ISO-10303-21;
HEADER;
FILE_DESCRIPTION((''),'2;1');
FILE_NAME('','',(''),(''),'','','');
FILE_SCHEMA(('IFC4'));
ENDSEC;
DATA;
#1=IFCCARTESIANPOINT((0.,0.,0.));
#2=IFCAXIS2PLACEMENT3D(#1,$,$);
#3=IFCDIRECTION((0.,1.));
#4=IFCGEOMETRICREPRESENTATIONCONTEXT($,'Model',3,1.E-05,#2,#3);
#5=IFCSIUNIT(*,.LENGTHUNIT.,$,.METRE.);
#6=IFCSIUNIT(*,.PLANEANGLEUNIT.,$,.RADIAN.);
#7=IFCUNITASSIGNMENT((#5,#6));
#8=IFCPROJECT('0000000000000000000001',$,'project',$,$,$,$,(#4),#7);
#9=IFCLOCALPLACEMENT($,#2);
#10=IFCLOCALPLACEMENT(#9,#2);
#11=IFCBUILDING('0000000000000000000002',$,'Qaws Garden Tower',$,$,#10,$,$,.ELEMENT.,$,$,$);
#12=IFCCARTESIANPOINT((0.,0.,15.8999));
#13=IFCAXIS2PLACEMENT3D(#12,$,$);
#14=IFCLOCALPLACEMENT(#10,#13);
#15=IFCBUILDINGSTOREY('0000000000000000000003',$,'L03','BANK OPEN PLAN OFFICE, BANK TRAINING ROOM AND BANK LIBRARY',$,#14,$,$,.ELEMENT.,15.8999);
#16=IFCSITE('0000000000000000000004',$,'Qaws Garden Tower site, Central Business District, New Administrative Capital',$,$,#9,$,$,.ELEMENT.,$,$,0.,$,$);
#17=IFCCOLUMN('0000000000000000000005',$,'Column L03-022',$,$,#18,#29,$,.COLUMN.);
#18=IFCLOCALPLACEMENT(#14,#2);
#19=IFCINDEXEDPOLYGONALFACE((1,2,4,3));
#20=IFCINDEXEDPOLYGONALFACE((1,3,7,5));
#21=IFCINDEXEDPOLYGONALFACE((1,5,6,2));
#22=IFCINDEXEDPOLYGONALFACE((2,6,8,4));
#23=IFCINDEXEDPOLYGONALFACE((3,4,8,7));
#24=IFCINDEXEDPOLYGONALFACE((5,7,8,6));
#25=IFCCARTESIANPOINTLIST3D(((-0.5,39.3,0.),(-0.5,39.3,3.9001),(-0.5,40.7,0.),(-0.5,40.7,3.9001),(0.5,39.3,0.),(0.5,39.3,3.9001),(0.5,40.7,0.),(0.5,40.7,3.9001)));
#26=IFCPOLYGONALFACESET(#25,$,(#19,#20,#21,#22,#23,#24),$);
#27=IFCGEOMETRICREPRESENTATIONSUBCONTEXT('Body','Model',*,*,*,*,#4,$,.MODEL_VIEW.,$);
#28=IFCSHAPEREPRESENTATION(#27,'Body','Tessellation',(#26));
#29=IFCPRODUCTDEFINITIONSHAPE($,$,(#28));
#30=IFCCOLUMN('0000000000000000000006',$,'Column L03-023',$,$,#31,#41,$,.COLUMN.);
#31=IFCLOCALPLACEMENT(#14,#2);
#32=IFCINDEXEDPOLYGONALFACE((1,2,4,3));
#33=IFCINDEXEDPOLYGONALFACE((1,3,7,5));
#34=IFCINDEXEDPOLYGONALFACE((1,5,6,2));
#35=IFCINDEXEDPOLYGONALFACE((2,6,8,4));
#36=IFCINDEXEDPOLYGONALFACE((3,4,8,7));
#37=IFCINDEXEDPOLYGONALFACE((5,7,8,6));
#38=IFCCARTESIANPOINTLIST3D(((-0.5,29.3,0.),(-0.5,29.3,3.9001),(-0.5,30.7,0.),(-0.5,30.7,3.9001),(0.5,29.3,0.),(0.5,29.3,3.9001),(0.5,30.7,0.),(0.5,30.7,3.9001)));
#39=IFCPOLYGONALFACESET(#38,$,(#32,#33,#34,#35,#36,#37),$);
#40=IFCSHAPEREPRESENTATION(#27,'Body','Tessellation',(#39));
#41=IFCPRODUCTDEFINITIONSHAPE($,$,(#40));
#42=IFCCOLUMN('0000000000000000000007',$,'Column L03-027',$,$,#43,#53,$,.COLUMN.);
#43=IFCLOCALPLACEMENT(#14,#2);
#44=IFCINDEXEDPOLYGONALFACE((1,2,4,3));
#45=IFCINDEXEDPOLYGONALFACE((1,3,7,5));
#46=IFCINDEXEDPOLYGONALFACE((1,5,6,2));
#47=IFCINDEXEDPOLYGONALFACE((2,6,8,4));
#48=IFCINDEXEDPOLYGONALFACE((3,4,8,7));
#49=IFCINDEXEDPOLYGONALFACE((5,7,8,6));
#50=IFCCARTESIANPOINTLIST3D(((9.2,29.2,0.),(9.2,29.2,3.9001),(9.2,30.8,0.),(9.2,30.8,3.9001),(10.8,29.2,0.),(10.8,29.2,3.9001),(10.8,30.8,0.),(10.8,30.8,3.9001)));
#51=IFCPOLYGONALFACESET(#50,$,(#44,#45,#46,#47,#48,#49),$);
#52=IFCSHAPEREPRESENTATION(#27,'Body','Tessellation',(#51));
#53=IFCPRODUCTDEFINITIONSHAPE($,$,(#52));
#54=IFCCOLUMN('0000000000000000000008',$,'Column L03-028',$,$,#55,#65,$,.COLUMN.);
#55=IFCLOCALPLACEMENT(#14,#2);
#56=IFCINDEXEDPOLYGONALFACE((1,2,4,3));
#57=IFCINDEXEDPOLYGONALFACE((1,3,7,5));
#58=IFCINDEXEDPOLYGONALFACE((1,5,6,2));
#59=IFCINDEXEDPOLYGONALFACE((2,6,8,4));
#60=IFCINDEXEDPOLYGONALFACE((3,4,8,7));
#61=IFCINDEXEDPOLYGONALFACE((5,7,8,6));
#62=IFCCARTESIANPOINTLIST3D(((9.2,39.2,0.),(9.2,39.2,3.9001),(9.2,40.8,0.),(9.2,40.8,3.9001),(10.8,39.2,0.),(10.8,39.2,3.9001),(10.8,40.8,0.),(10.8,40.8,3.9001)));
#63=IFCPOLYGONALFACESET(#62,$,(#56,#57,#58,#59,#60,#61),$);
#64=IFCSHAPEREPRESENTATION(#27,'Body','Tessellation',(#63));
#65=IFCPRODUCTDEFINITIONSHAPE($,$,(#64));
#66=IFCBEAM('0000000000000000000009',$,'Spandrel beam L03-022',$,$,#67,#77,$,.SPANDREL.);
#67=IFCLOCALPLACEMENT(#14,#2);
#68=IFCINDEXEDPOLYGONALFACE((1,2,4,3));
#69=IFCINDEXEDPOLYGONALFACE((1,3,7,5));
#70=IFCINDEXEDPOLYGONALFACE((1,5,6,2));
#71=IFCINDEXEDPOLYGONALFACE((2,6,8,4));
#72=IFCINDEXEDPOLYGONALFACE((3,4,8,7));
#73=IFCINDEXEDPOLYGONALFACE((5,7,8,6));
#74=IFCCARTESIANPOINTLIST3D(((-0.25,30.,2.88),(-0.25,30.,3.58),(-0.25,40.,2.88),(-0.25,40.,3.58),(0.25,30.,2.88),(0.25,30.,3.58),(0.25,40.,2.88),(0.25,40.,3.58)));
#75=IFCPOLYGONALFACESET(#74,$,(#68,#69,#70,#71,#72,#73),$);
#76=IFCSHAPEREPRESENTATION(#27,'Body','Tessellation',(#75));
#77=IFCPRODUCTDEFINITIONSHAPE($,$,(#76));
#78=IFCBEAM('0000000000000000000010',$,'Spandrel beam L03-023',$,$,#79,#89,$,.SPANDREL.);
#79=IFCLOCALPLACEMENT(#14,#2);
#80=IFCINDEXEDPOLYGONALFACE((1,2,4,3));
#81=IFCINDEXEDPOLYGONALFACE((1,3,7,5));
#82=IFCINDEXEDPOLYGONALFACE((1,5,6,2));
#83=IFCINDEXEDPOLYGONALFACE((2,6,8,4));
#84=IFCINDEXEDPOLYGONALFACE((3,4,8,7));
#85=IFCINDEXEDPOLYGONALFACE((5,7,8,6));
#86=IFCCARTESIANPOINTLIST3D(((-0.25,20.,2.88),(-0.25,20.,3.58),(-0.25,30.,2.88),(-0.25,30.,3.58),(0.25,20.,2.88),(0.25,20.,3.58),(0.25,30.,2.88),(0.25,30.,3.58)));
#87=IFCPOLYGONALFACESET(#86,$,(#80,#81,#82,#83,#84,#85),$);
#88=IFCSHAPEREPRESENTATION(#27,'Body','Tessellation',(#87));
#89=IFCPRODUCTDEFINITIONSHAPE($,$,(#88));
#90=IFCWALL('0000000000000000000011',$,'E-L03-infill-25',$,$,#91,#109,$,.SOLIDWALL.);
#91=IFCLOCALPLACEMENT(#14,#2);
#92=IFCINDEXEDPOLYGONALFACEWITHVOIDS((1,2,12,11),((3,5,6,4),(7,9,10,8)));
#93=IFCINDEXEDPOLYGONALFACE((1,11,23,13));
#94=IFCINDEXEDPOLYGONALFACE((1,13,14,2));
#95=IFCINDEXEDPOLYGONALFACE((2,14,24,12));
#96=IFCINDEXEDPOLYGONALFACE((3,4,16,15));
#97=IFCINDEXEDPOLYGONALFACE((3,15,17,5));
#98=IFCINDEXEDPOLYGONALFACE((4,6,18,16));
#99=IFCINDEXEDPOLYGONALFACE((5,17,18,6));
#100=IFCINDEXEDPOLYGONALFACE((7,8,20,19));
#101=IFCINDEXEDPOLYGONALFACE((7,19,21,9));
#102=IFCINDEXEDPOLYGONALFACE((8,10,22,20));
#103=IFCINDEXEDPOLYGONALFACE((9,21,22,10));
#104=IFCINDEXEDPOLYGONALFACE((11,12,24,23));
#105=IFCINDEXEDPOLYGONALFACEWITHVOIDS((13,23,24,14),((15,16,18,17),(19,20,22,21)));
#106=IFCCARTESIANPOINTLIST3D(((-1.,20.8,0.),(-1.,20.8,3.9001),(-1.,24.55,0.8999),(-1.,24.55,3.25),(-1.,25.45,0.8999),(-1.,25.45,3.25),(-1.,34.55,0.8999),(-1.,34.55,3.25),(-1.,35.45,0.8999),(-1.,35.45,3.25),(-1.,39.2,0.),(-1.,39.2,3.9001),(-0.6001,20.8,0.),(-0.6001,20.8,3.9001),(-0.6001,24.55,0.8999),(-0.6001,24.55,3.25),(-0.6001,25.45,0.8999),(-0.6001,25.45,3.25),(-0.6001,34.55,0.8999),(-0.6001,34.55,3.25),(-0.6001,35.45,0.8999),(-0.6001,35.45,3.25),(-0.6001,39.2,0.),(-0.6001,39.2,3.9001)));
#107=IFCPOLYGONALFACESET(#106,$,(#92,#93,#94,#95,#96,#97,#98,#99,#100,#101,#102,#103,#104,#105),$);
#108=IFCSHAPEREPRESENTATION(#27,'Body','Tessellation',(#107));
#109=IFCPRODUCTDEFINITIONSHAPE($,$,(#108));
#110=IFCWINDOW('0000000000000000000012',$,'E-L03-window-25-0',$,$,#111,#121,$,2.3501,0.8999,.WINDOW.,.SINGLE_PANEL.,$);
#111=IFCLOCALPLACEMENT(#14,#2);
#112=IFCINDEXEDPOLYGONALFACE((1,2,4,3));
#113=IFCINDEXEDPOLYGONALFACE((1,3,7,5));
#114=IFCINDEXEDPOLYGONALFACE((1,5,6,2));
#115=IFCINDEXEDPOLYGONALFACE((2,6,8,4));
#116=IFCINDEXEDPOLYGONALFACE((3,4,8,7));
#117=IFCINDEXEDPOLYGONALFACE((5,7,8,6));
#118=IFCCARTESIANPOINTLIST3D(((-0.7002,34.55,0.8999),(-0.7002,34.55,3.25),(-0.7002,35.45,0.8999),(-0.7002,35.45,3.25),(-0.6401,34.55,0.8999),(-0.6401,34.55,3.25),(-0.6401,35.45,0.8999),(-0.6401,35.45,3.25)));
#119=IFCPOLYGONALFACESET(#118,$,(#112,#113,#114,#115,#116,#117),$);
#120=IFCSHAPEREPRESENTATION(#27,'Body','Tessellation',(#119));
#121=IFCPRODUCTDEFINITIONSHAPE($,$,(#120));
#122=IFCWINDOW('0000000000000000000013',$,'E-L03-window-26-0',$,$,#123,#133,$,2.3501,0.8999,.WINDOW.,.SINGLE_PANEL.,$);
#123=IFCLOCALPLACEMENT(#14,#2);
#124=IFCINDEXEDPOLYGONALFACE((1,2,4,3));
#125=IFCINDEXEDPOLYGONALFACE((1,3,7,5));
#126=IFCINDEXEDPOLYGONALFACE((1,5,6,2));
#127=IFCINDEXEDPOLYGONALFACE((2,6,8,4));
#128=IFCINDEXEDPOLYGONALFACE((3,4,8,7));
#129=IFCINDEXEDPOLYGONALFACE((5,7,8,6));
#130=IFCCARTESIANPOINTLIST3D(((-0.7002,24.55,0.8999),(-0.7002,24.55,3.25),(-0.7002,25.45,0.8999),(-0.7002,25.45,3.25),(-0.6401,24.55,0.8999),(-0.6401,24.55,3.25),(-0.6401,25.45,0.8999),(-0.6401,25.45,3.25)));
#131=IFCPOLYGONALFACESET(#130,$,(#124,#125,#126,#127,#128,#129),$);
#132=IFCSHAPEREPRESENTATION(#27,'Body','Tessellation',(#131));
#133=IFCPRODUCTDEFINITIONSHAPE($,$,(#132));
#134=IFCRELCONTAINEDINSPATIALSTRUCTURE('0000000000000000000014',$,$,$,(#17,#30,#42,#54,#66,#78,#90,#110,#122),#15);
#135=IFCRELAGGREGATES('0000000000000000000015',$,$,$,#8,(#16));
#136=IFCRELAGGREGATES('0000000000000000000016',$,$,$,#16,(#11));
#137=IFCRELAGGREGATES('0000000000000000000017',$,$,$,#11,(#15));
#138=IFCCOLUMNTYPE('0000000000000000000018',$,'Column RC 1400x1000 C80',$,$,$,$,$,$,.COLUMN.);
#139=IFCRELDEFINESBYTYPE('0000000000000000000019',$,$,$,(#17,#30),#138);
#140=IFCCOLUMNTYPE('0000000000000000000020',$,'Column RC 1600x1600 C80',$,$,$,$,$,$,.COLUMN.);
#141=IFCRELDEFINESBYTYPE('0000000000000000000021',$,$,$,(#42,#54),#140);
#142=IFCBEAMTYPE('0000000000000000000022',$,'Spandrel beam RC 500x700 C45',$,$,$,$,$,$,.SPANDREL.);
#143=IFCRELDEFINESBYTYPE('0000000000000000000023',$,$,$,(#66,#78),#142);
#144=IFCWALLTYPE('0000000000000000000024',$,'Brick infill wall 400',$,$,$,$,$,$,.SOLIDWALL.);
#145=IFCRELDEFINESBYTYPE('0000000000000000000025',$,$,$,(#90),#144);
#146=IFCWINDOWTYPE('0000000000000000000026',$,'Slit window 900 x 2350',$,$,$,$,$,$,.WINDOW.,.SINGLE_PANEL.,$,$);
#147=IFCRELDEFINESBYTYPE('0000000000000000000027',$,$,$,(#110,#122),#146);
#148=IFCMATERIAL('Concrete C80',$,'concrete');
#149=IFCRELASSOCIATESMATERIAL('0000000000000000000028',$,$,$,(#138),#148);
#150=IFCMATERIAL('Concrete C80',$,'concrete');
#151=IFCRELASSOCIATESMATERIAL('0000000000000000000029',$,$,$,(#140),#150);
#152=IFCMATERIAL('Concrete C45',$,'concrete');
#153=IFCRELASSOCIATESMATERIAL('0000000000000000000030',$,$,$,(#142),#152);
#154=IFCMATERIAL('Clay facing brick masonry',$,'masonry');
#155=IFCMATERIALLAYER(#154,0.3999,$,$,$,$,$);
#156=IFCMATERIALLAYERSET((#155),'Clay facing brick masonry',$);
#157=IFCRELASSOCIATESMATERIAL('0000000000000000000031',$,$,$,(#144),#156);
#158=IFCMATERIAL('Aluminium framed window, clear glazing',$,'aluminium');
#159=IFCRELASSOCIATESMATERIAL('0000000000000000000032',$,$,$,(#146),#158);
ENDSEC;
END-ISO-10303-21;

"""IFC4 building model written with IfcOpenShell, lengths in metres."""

from ifc_helpers import new_model, si_unit, direction, frame, frame_2d, origin, origin_2d, place, context, subcontext, project, spatial, rectangle, extrude, material, layer, layer_set, material_profile, profile_set, type_object, element, fill, save


model = new_model("IFC4")

# Units and contexts
model_context = context("Model", 3, precision=1e-05, world=origin(), true_north=direction((0.0, 1.0)))
body_context = subcontext(model_context, "Body", "Model", "MODEL_VIEW")
ifc_project = project(units=[si_unit("LENGTHUNIT", "METRE"), si_unit("PLANEANGLEUNIT", "RADIAN")], contexts=[model_context])

# Site, building, storey
site_placement = place(None, origin())
site = spatial("IfcSite", under=ifc_project, at=site_placement, Name="Qaws Garden Tower site, Central Business District, New Administrative Capital", CompositionType="ELEMENT", RefElevation=0.0)
building_placement = place(site_placement, origin())
building = spatial("IfcBuilding", under=site, at=building_placement, Name="Qaws Garden Tower", CompositionType="ELEMENT")
storey_placement = place(building_placement, frame((0.0, 0.0, 15.8999)))
storey = spatial("IfcBuildingStorey", under=building, at=storey_placement, Name="L03", Description="BANK OPEN PLAN OFFICE, BANK TRAINING ROOM AND BANK LIBRARY", CompositionType="ELEMENT", Elevation=15.8999)

# Columns
ifc_material_1 = material(Name="Concrete C80", Category="concrete")
ifc_material_profile_1 = material_profile(ifc_material_1, rectangle(XDim=1.3999, YDim=1.0, at=origin_2d()), Name="RC 1400x1000")
ifc_profile_set_1 = profile_set([ifc_material_profile_1], Name="Concrete C80")
column_type_1 = type_object("IfcColumnType", Name="Column RC 1400x1000 C80", PredefinedType="COLUMN", material=ifc_profile_set_1)
for number, where, z_axis, x_axis, name in (
    (1, (0.0, 40.0, 0.0), (0.0, 0.0, 1.0), (0.0, 1.0, 0.0), "Column L03-022"),
    (2, (0.0, 30.0, 0.0), (0.0, 0.0, 1.0), (0.0, 1.0, 0.0), "Column L03-023"),
):
    element("IfcColumn", number, at=place(storey_placement, frame(where, z_axis=z_axis, x_axis=x_axis)), inside=storey, type_object=column_type_1, Name=name, PredefinedType="COLUMN", context=body_context, shape_type="SweptSolid", body=[
        extrude(rectangle(XDim=1.3999, YDim=1.0, at=origin_2d()), origin(), (0.0, 0.0, 1.0), 3.9001),
    ])
ifc_material_2 = material(Name="Concrete C80", Category="concrete")
ifc_material_profile_2 = material_profile(ifc_material_2, rectangle(XDim=1.6001, YDim=1.6001, at=origin_2d()), Name="RC 1600x1600")
ifc_profile_set_2 = profile_set([ifc_material_profile_2], Name="Concrete C80")
column_type_2 = type_object("IfcColumnType", Name="Column RC 1600x1600 C80", PredefinedType="COLUMN", material=ifc_profile_set_2)
for number, where, z_axis, x_axis, name in (
    (3, (10.0, 30.0, 0.0), (0.0, 0.0, 1.0), (1.0, 0.0, 0.0), "Column L03-027"),
    (4, (10.0, 40.0, 0.0), (0.0, 0.0, 1.0), (1.0, 0.0, 0.0), "Column L03-028"),
):
    element("IfcColumn", number, at=place(storey_placement, frame(where, z_axis=z_axis, x_axis=x_axis)), inside=storey, type_object=column_type_2, Name=name, PredefinedType="COLUMN", context=body_context, shape_type="SweptSolid", body=[
        extrude(rectangle(XDim=1.6001, YDim=1.6001, at=origin_2d()), origin(), (0.0, 0.0, 1.0), 3.9001),
    ])

# Beams
ifc_material_3 = material(Name="Concrete C45", Category="concrete")
ifc_material_profile_3 = material_profile(ifc_material_3, rectangle(XDim=0.5, YDim=0.7, at=origin_2d()), Name="RC 500x700")
ifc_profile_set_3 = profile_set([ifc_material_profile_3], Name="Concrete C45")
beam_type = type_object("IfcBeamType", Name="Spandrel beam RC 500x700 C45", PredefinedType="SPANDREL", material=ifc_profile_set_3)
for number, where, z_axis, x_axis, name in (
    (5, (0.0, 40.0, 3.23), (0.0, -1.0, 0.0), (1.0, 0.0, 0.0), "Spandrel beam L03-022"),
    (6, (0.0, 30.0, 3.23), (0.0, -1.0, 0.0), (1.0, 0.0, 0.0), "Spandrel beam L03-023"),
):
    element("IfcBeam", number, at=place(storey_placement, frame(where, z_axis=z_axis, x_axis=x_axis)), inside=storey, type_object=beam_type, Name=name, PredefinedType="SPANDREL", context=body_context, shape_type="SweptSolid", body=[
        extrude(rectangle(XDim=0.5, YDim=0.7, at=origin_2d()), origin(), (0.0, 0.0, 1.0), 10.0),
    ])

# Wall, openings, windows
ifc_material_4 = material(Name="Clay facing brick masonry", Category="masonry")
ifc_layer_1 = layer(ifc_material_4, 0.3999)
ifc_layer_set_1 = layer_set([ifc_layer_1], Name="Clay facing brick masonry")
wall_type_1 = type_object("IfcWallType", Name="Brick infill wall 400", PredefinedType="SOLIDWALL", material=ifc_layer_set_1)
wall_1_placement = place(storey_placement, frame((-0.8, 39.2, 0.0), z_axis=(0.0, 0.0, 1.0), x_axis=(0.0, -1.0, 0.0)))
wall_1 = element("IfcWall", 7, at=wall_1_placement, inside=storey, type_object=wall_type_1, Name="E-L03-infill-25", PredefinedType="SOLIDWALL", context=body_context, shape_type="SweptSolid", body=[
    extrude(rectangle(XDim=18.3999, YDim=0.3999, at=frame_2d((9.2, 0.0))), origin(), (0.0, 0.0, 1.0), 3.9001),
])
opening_1_placement = place(wall_1_placement, frame((3.75, 0.0, 0.8999)))
opening_1 = element("IfcOpeningElement", 8, at=opening_1_placement, cuts=wall_1, PredefinedType="OPENING", context=body_context, shape_type="SweptSolid", body=[
    extrude(rectangle(XDim=0.8999, YDim=2.3501, at=frame_2d((0.45, 1.175))), frame((0.0, 0.21, 0.0), z_axis=(0.0, -1.0, 0.0), x_axis=(1.0, 0.0, 0.0)), (0.0, 0.0, 1.0), 0.4199),
])
opening_2_placement = place(wall_1_placement, frame((13.75, 0.0, 0.8999)))
opening_2 = element("IfcOpeningElement", 9, at=opening_2_placement, cuts=wall_1, PredefinedType="OPENING", context=body_context, shape_type="SweptSolid", body=[
    extrude(rectangle(XDim=0.8999, YDim=2.3501, at=frame_2d((0.45, 1.175))), frame((0.0, 0.21, 0.0), z_axis=(0.0, -1.0, 0.0), x_axis=(1.0, 0.0, 0.0)), (0.0, 0.0, 1.0), 0.4199),
])
ifc_material_5 = material(Name="Aluminium framed window, clear glazing", Category="aluminium")
window_type = type_object("IfcWindowType", Name="Slit window 900 x 2350", PartitioningType="SINGLE_PANEL", PredefinedType="WINDOW", material=ifc_material_5)
window_1_placement = place(opening_1_placement, origin())
window_1 = element("IfcWindow", 10, at=window_1_placement, inside=storey, type_object=window_type, Name="E-L03-window-25-0", OverallHeight=2.3501, OverallWidth=0.8999, PartitioningType="SINGLE_PANEL", PredefinedType="WINDOW", context=body_context, shape_type="SweptSolid", body=[
    extrude(rectangle(XDim=0.8999, YDim=2.3501, at=frame_2d((0.45, 1.175))), frame((0.0, 0.1599, 0.0), z_axis=(0.0, -1.0, 0.0), x_axis=(1.0, 0.0, 0.0)), (0.0, 0.0, 1.0), 0.0601),
])
fill(opening_1, window_1)
window_2_placement = place(opening_2_placement, origin())
window_2 = element("IfcWindow", 11, at=window_2_placement, inside=storey, type_object=window_type, Name="E-L03-window-26-0", OverallHeight=2.3501, OverallWidth=0.8999, PartitioningType="SINGLE_PANEL", PredefinedType="WINDOW", context=body_context, shape_type="SweptSolid", body=[
    extrude(rectangle(XDim=0.8999, YDim=2.3501, at=frame_2d((0.45, 1.175))), frame((0.0, 0.1599, 0.0), z_axis=(0.0, -1.0, 0.0), x_axis=(1.0, 0.0, 0.0)), (0.0, 0.0, 1.0), 0.0601),
])
fill(opening_2, window_2)

save(model, "model.ifc")
